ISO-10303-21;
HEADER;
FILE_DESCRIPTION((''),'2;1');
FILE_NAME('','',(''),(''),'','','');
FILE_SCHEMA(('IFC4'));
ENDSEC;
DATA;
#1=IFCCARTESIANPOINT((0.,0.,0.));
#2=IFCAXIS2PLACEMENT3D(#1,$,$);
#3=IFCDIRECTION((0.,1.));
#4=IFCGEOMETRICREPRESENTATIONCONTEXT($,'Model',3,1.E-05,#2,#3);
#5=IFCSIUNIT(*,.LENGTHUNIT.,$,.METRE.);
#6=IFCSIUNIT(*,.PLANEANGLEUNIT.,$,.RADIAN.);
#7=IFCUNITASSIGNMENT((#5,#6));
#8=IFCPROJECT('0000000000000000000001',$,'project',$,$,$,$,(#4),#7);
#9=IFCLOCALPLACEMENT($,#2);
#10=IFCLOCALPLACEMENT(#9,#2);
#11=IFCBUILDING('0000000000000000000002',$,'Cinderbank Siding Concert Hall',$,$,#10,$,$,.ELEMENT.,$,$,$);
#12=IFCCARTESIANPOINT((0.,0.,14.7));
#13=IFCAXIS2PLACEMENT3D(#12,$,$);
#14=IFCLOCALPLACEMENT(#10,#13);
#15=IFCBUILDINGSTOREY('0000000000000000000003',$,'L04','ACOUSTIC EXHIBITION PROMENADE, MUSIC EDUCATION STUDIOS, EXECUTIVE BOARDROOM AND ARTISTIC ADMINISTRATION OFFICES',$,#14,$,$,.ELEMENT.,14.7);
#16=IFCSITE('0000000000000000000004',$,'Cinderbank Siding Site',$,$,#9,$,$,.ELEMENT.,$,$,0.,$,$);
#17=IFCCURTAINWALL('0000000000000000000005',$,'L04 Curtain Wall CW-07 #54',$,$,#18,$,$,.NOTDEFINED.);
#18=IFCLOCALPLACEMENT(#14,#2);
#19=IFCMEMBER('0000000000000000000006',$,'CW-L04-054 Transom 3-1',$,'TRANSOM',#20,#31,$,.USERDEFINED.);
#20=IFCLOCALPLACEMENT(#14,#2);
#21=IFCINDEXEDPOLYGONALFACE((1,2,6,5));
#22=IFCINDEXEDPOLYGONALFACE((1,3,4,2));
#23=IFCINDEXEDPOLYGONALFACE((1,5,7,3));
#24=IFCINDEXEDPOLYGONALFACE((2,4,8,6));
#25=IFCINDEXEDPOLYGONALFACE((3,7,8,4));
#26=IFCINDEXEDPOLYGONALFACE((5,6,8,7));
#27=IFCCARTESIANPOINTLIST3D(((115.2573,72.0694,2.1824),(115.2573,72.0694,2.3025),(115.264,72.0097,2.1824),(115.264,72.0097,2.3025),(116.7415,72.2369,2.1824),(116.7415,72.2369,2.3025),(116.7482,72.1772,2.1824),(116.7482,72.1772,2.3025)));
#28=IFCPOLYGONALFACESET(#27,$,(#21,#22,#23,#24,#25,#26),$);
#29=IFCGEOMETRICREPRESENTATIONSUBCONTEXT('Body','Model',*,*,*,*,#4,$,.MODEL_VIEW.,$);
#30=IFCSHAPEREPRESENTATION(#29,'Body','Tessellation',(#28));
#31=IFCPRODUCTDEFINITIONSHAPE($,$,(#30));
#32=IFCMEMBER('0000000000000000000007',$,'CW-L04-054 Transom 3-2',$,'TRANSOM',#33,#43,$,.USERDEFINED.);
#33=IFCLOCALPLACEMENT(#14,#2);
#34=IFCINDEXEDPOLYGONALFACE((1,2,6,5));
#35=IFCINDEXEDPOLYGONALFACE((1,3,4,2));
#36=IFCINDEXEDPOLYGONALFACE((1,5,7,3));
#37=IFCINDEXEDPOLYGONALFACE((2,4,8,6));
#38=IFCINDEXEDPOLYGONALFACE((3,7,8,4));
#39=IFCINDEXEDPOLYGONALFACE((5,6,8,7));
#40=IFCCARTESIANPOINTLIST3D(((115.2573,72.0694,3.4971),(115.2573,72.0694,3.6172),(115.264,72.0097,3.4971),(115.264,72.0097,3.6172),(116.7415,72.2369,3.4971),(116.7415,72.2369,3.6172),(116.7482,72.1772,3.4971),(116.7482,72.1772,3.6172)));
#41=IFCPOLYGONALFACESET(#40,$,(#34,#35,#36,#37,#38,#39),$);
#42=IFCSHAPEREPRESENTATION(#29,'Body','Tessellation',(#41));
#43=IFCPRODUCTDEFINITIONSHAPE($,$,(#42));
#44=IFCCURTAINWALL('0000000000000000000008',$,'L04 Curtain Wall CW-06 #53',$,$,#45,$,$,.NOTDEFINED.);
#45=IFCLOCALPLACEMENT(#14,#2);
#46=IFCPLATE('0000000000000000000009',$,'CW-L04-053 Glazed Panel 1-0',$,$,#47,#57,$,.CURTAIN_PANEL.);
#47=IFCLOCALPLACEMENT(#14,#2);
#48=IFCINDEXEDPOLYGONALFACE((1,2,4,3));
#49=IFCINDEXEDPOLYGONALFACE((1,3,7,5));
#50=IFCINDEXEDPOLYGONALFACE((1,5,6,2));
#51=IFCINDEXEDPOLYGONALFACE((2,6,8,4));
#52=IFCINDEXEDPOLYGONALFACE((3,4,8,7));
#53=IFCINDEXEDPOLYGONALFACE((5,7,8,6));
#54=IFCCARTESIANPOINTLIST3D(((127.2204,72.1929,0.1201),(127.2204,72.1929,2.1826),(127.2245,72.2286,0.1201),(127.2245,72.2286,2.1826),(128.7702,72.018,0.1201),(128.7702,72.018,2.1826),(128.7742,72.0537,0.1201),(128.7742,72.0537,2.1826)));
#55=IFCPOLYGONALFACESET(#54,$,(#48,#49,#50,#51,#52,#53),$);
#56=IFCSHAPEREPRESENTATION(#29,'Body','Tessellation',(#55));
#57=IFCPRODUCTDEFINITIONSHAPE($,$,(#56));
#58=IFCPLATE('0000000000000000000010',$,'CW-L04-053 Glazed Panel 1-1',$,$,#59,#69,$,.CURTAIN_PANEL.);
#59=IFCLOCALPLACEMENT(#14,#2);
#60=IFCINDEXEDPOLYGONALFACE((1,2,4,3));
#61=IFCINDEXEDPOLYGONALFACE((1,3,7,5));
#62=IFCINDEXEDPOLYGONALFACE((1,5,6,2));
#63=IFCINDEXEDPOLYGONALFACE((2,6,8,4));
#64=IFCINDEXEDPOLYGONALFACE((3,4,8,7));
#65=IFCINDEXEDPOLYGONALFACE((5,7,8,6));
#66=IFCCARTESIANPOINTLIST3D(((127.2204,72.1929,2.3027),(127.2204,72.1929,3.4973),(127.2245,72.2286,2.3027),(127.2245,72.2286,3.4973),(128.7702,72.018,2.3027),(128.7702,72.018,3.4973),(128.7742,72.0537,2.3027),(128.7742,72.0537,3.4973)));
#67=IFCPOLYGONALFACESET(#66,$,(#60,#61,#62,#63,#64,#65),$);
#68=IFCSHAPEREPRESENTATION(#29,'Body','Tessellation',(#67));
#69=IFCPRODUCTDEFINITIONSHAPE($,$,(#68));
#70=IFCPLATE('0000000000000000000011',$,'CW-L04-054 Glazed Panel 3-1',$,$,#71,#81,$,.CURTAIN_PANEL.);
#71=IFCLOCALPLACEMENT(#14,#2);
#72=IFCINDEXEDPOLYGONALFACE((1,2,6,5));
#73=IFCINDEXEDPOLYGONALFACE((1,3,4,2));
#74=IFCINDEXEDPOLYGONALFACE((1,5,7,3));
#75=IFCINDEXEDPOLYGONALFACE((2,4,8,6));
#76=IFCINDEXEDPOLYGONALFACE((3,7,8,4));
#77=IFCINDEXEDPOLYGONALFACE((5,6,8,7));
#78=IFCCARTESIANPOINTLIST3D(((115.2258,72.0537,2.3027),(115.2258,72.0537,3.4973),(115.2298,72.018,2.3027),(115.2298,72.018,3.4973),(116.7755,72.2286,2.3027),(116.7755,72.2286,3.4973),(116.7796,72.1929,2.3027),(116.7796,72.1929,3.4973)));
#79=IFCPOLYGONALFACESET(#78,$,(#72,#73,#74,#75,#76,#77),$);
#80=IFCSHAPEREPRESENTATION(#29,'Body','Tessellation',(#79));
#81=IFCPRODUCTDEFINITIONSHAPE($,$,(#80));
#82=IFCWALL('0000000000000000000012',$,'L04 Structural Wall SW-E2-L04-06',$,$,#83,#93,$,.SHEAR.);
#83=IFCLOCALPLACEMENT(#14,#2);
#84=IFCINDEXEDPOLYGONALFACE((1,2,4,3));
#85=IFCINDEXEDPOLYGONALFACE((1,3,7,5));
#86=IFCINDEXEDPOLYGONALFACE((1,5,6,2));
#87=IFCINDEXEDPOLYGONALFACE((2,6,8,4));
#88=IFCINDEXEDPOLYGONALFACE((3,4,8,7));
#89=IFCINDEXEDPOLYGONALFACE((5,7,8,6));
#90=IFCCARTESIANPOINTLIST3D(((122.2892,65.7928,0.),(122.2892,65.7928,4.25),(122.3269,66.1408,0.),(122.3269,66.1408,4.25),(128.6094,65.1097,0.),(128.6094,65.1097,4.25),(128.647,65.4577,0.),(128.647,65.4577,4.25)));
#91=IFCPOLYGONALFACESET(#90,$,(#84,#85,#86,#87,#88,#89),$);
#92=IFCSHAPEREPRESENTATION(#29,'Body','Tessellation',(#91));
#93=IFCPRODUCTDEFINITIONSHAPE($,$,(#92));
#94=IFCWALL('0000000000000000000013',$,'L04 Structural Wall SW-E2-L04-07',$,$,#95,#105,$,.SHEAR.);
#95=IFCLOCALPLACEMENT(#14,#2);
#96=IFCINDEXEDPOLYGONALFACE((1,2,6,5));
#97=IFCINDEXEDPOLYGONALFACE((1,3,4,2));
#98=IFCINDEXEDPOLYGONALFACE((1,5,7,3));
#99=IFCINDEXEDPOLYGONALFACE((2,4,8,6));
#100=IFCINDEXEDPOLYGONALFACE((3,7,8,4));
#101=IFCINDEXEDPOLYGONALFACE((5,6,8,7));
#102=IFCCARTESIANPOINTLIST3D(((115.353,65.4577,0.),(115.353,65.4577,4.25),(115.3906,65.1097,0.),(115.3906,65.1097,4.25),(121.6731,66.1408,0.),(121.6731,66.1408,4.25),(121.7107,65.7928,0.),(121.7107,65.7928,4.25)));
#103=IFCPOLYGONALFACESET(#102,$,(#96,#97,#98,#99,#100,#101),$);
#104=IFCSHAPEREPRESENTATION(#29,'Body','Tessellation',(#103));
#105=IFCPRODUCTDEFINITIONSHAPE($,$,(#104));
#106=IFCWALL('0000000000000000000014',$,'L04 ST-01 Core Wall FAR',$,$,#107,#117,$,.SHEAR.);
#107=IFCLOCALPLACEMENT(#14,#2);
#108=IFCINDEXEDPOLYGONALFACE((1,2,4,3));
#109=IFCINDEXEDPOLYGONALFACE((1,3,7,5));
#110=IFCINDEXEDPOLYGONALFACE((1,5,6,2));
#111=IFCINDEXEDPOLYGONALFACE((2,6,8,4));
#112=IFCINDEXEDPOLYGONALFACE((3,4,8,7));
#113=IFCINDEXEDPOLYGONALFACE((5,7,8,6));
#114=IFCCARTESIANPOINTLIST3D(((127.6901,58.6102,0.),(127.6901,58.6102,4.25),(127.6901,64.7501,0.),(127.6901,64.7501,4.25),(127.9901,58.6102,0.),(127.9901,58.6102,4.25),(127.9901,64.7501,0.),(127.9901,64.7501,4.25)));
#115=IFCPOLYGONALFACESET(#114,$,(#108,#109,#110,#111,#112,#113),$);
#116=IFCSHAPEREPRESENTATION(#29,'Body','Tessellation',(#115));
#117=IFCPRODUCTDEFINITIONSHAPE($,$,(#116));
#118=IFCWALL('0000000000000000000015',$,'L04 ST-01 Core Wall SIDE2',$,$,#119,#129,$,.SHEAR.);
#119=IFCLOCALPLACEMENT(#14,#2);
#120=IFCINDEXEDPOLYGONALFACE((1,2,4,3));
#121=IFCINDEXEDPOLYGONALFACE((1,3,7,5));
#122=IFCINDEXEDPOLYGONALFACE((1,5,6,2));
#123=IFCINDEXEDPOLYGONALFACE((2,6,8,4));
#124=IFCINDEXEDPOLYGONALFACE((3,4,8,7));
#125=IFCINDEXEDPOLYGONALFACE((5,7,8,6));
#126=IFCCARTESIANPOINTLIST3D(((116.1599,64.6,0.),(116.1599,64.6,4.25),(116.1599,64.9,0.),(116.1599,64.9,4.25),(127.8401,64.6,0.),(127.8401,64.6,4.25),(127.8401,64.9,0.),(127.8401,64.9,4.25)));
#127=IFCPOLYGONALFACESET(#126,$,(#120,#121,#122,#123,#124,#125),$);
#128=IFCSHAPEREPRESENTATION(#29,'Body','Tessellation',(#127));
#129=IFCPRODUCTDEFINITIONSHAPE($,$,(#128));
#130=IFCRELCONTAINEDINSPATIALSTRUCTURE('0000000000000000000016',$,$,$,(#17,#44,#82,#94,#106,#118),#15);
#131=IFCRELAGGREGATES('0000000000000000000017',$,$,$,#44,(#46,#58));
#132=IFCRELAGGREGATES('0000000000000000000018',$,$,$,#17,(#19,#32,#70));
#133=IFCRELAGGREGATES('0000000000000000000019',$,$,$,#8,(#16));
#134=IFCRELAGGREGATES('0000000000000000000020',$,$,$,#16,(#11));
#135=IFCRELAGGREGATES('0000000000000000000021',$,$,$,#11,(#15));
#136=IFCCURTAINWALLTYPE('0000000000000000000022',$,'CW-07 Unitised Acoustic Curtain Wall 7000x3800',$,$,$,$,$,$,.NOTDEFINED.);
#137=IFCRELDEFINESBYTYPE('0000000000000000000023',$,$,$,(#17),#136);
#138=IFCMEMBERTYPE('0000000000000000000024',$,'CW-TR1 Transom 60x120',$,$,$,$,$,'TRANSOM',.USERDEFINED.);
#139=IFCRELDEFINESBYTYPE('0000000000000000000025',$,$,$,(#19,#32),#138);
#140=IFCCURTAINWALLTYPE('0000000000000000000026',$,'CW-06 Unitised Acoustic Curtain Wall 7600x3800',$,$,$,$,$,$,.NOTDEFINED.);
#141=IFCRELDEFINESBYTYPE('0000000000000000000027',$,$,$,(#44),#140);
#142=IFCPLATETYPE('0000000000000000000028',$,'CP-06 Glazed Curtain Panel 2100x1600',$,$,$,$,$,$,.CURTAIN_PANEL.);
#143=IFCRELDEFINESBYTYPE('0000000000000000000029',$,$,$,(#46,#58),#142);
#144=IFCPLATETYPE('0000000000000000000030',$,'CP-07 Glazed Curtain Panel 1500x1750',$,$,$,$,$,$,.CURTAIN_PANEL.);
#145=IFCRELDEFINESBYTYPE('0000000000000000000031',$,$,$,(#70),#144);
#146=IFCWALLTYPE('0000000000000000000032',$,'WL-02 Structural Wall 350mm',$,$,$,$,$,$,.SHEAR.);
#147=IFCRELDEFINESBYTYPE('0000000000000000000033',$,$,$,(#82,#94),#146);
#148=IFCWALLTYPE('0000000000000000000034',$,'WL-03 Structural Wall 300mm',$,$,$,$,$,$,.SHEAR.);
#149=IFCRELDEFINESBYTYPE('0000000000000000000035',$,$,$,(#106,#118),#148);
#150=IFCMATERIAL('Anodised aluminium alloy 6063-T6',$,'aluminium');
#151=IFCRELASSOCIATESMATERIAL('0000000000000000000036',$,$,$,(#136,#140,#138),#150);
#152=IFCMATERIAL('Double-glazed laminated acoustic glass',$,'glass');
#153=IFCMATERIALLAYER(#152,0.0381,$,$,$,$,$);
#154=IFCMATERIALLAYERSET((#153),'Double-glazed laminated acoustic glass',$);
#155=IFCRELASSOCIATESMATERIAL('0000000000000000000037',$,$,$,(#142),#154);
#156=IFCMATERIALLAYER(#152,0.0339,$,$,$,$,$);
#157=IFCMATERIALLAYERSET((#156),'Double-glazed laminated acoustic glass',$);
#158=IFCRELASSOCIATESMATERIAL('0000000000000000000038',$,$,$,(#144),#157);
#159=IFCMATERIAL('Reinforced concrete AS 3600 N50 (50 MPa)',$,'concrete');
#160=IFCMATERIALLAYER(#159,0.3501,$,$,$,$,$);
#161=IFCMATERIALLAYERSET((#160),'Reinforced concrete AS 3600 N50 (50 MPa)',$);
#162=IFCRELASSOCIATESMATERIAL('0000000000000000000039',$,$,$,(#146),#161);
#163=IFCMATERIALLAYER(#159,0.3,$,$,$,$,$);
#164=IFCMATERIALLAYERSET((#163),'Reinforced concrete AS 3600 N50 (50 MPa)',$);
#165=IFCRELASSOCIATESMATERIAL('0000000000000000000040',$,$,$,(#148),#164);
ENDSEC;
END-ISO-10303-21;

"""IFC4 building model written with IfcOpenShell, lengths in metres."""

from ifc_helpers import new_model, si_unit, direction, frame, frame_2d, origin, origin_2d, place, context, subcontext, project, spatial, rectangle, extrude, material, layer, layer_set, material_profile, profile_set, type_object, element, aggregate, save


model = new_model("IFC4")

# Units and contexts
model_context = context("Model", 3, precision=1e-05, world=origin(), true_north=direction((0.0, 1.0)))
body_context = subcontext(model_context, "Body", "Model", "MODEL_VIEW")
ifc_project = project(units=[si_unit("LENGTHUNIT", "METRE"), si_unit("PLANEANGLEUNIT", "RADIAN")], contexts=[model_context])

# Site, building, storey
site_placement = place(None, origin())
site = spatial("IfcSite", under=ifc_project, at=site_placement, Name="Cinderbank Siding Site", CompositionType="ELEMENT", RefElevation=0.0)
building_placement = place(site_placement, origin())
building = spatial("IfcBuilding", under=site, at=building_placement, Name="Cinderbank Siding Concert Hall", CompositionType="ELEMENT")
storey_placement = place(building_placement, frame((0.0, 0.0, 14.7)))
storey = spatial("IfcBuildingStorey", under=building, at=storey_placement, Name="L04", Description="ACOUSTIC EXHIBITION PROMENADE, MUSIC EDUCATION STUDIOS, EXECUTIVE BOARDROOM AND ARTISTIC ADMINISTRATION OFFICES", CompositionType="ELEMENT", Elevation=14.7)

# Shared definitions
ifc_material_1 = material(Name="Reinforced concrete AS 3600 N50 (50 MPa)", Category="concrete")

# Curtain wall, members
ifc_material_2 = material(Name="Anodised aluminium alloy 6063-T6", Category="aluminium")
curtain_wall_type_1 = type_object("IfcCurtainWallType", Name="CW-07 Unitised Acoustic Curtain Wall 7000x3800", PredefinedType="NOTDEFINED", material=ifc_material_2)
curtain_wall_1_placement = place(storey_placement, origin())
curtain_wall_1 = element("IfcCurtainWall", 1, at=curtain_wall_1_placement, inside=storey, type_object=curtain_wall_type_1, Name="L04 Curtain Wall CW-07 #54", PredefinedType="NOTDEFINED")
ifc_material_profile_1 = material_profile(ifc_material_2, rectangle(XDim=0.0601, YDim=0.1201, at=origin_2d()), Name="ALU-TRAN-60x120", Category="LoadBearing")
ifc_profile_set_1 = profile_set([ifc_material_profile_1], Name="Anodised aluminium alloy 6063-T6")
member_type_1 = type_object("IfcMemberType", Name="CW-TR1 Transom 60x120", ElementType="TRANSOM", PredefinedType="USERDEFINED", material=ifc_profile_set_1)
member_1_placement = place(storey_placement, frame((116.7449, 72.207, 2.2424), z_axis=(-0.993693, -0.112136, 0.0), x_axis=(0.112136, -0.993693, 0.0)))
member_1 = element("IfcMember", 2, at=member_1_placement, type_object=member_type_1, Name="CW-L04-054 Transom 3-1", ObjectType="TRANSOM", PredefinedType="USERDEFINED", context=body_context, shape_type="SweptSolid", body=[
    extrude(rectangle(XDim=0.0601, YDim=0.1201, at=origin_2d()), origin(), (0.0, 0.0, 1.0), 1.4937),
])
member_2_placement = place(storey_placement, frame((116.7449, 72.207, 3.5571), z_axis=(-0.993693, -0.112136, 0.0), x_axis=(0.112136, -0.993693, 0.0)))
member_2 = element("IfcMember", 3, at=member_2_placement, type_object=member_type_1, Name="CW-L04-054 Transom 3-2", ObjectType="TRANSOM", PredefinedType="USERDEFINED", context=body_context, shape_type="SweptSolid", body=[
    extrude(rectangle(XDim=0.0601, YDim=0.1201, at=origin_2d()), origin(), (0.0, 0.0, 1.0), 1.4937),
])

# Curtain wall, plates
curtain_wall_type_2 = type_object("IfcCurtainWallType", Name="CW-06 Unitised Acoustic Curtain Wall 7600x3800", PredefinedType="NOTDEFINED", material=ifc_material_2)
curtain_wall_2_placement = place(storey_placement, origin())
curtain_wall_2 = element("IfcCurtainWall", 4, at=curtain_wall_2_placement, inside=storey, type_object=curtain_wall_type_2, Name="L04 Curtain Wall CW-06 #53", PredefinedType="NOTDEFINED")
ifc_material_3 = material(Name="Double-glazed laminated acoustic glass", Category="glass")
ifc_layer_1 = layer(ifc_material_3, 0.0381)
ifc_layer_set_1 = layer_set([ifc_layer_1], Name="Double-glazed laminated acoustic glass")
plate_type_1 = type_object("IfcPlateType", Name="CP-06 Glazed Curtain Panel 2100x1600", PredefinedType="CURTAIN_PANEL", material=ifc_layer_set_1)
plate_1_placement = place(storey_placement, frame((127.9973, 72.1233, 0.1201), z_axis=(0.0, 0.0, 1.0), x_axis=(-0.993694, 0.112129, 0.0)))
plate_1 = element("IfcPlate", 5, at=plate_1_placement, type_object=plate_type_1, Name="CW-L04-053 Glazed Panel 1-0", PredefinedType="CURTAIN_PANEL", context=body_context, shape_type="SweptSolid", body=[
    extrude(rectangle(XDim=1.5596, YDim=0.0359, at=origin_2d()), origin(), (0.0, 0.0, 1.0), 2.0625),
])
plate_2_placement = place(storey_placement, frame((127.9973, 72.1233, 2.3027), z_axis=(0.0, 0.0, 1.0), x_axis=(-0.993694, 0.112129, 0.0)))
plate_2 = element("IfcPlate", 6, at=plate_2_placement, type_object=plate_type_1, Name="CW-L04-053 Glazed Panel 1-1", PredefinedType="CURTAIN_PANEL", context=body_context, shape_type="SweptSolid", body=[
    extrude(rectangle(XDim=1.5596, YDim=0.0359, at=origin_2d()), origin(), (0.0, 0.0, 1.0), 1.1946),
])
aggregate(curtain_wall_2, [plate_1, plate_2])

# Plate
ifc_layer_2 = layer(ifc_material_3, 0.0339)
ifc_layer_set_2 = layer_set([ifc_layer_2], Name="Double-glazed laminated acoustic glass")
plate_type_2 = type_object("IfcPlateType", Name="CP-07 Glazed Curtain Panel 1500x1750", PredefinedType="CURTAIN_PANEL", material=ifc_layer_set_2)
plate_3_placement = place(storey_placement, frame((116.0027, 72.1233, 2.3027), z_axis=(0.0, 0.0, 1.0), x_axis=(-0.993694, -0.112129, 0.0)))
plate_3 = element("IfcPlate", 7, at=plate_3_placement, type_object=plate_type_2, Name="CW-L04-054 Glazed Panel 3-1", PredefinedType="CURTAIN_PANEL", context=body_context, shape_type="SweptSolid", body=[
    extrude(rectangle(XDim=1.5596, YDim=0.0359, at=origin_2d()), origin(), (0.0, 0.0, 1.0), 1.1946),
])
aggregate(curtain_wall_1, [member_1, member_2, plate_3])

# Walls
ifc_layer_3 = layer(ifc_material_1, 0.3501)
ifc_layer_set_3 = layer_set([ifc_layer_3], Name="Reinforced concrete AS 3600 N50 (50 MPa)")
wall_type_1 = type_object("IfcWallType", Name="WL-02 Structural Wall 350mm", PredefinedType="SHEAR", material=ifc_layer_set_3)
for number, where, z_axis, x_axis, name in (
    (8, (128.6282, 65.2837, 0.0), (0.0, 0.0, 1.0), (-0.994209, 0.107459, 0.0), "L04 Structural Wall SW-E2-L04-06"),
    (9, (121.6919, 65.9668, 0.0), (0.0, 0.0, 1.0), (-0.994209, -0.107459, 0.0), "L04 Structural Wall SW-E2-L04-07"),
):
    element("IfcWall", number, at=place(storey_placement, frame(where, z_axis=z_axis, x_axis=x_axis)), inside=storey, type_object=wall_type_1, Name=name, PredefinedType="SHEAR", context=body_context, shape_type="SweptSolid", body=[
        extrude(rectangle(XDim=6.3569, YDim=0.3501, at=frame_2d((3.1785, 0.0))), origin(), (0.0, 0.0, 1.0), 4.25),
    ])
ifc_layer_4 = layer(ifc_material_1, 0.3)
ifc_layer_set_4 = layer_set([ifc_layer_4], Name="Reinforced concrete AS 3600 N50 (50 MPa)")
wall_type_2 = type_object("IfcWallType", Name="WL-03 Structural Wall 300mm", PredefinedType="SHEAR", material=ifc_layer_set_4)
wall_1_placement = place(storey_placement, frame((127.8401, 64.75, 0.0), z_axis=(0.0, 0.0, 1.0), x_axis=(0.0, -1.0, 0.0)))
element("IfcWall", 10, at=wall_1_placement, inside=storey, type_object=wall_type_2, Name="L04 ST-01 Core Wall FAR", PredefinedType="SHEAR", context=body_context, shape_type="SweptSolid", body=[
    extrude(rectangle(XDim=6.1399, YDim=0.3, at=frame_2d((3.0698, 0.0))), origin(), (0.0, 0.0, 1.0), 4.25),
])
wall_2_placement = place(storey_placement, frame((116.1599, 64.75, 0.0), z_axis=(0.0, 0.0, 1.0), x_axis=(1.0, 0.0, 0.0)))
element("IfcWall", 11, at=wall_2_placement, inside=storey, type_object=wall_type_2, Name="L04 ST-01 Core Wall SIDE2", PredefinedType="SHEAR", context=body_context, shape_type="SweptSolid", body=[
    extrude(rectangle(XDim=11.6802, YDim=0.3, at=frame_2d((5.8401, 0.0))), origin(), (0.0, 0.0, 1.0), 4.25),
])

save(model, "model.ifc")
